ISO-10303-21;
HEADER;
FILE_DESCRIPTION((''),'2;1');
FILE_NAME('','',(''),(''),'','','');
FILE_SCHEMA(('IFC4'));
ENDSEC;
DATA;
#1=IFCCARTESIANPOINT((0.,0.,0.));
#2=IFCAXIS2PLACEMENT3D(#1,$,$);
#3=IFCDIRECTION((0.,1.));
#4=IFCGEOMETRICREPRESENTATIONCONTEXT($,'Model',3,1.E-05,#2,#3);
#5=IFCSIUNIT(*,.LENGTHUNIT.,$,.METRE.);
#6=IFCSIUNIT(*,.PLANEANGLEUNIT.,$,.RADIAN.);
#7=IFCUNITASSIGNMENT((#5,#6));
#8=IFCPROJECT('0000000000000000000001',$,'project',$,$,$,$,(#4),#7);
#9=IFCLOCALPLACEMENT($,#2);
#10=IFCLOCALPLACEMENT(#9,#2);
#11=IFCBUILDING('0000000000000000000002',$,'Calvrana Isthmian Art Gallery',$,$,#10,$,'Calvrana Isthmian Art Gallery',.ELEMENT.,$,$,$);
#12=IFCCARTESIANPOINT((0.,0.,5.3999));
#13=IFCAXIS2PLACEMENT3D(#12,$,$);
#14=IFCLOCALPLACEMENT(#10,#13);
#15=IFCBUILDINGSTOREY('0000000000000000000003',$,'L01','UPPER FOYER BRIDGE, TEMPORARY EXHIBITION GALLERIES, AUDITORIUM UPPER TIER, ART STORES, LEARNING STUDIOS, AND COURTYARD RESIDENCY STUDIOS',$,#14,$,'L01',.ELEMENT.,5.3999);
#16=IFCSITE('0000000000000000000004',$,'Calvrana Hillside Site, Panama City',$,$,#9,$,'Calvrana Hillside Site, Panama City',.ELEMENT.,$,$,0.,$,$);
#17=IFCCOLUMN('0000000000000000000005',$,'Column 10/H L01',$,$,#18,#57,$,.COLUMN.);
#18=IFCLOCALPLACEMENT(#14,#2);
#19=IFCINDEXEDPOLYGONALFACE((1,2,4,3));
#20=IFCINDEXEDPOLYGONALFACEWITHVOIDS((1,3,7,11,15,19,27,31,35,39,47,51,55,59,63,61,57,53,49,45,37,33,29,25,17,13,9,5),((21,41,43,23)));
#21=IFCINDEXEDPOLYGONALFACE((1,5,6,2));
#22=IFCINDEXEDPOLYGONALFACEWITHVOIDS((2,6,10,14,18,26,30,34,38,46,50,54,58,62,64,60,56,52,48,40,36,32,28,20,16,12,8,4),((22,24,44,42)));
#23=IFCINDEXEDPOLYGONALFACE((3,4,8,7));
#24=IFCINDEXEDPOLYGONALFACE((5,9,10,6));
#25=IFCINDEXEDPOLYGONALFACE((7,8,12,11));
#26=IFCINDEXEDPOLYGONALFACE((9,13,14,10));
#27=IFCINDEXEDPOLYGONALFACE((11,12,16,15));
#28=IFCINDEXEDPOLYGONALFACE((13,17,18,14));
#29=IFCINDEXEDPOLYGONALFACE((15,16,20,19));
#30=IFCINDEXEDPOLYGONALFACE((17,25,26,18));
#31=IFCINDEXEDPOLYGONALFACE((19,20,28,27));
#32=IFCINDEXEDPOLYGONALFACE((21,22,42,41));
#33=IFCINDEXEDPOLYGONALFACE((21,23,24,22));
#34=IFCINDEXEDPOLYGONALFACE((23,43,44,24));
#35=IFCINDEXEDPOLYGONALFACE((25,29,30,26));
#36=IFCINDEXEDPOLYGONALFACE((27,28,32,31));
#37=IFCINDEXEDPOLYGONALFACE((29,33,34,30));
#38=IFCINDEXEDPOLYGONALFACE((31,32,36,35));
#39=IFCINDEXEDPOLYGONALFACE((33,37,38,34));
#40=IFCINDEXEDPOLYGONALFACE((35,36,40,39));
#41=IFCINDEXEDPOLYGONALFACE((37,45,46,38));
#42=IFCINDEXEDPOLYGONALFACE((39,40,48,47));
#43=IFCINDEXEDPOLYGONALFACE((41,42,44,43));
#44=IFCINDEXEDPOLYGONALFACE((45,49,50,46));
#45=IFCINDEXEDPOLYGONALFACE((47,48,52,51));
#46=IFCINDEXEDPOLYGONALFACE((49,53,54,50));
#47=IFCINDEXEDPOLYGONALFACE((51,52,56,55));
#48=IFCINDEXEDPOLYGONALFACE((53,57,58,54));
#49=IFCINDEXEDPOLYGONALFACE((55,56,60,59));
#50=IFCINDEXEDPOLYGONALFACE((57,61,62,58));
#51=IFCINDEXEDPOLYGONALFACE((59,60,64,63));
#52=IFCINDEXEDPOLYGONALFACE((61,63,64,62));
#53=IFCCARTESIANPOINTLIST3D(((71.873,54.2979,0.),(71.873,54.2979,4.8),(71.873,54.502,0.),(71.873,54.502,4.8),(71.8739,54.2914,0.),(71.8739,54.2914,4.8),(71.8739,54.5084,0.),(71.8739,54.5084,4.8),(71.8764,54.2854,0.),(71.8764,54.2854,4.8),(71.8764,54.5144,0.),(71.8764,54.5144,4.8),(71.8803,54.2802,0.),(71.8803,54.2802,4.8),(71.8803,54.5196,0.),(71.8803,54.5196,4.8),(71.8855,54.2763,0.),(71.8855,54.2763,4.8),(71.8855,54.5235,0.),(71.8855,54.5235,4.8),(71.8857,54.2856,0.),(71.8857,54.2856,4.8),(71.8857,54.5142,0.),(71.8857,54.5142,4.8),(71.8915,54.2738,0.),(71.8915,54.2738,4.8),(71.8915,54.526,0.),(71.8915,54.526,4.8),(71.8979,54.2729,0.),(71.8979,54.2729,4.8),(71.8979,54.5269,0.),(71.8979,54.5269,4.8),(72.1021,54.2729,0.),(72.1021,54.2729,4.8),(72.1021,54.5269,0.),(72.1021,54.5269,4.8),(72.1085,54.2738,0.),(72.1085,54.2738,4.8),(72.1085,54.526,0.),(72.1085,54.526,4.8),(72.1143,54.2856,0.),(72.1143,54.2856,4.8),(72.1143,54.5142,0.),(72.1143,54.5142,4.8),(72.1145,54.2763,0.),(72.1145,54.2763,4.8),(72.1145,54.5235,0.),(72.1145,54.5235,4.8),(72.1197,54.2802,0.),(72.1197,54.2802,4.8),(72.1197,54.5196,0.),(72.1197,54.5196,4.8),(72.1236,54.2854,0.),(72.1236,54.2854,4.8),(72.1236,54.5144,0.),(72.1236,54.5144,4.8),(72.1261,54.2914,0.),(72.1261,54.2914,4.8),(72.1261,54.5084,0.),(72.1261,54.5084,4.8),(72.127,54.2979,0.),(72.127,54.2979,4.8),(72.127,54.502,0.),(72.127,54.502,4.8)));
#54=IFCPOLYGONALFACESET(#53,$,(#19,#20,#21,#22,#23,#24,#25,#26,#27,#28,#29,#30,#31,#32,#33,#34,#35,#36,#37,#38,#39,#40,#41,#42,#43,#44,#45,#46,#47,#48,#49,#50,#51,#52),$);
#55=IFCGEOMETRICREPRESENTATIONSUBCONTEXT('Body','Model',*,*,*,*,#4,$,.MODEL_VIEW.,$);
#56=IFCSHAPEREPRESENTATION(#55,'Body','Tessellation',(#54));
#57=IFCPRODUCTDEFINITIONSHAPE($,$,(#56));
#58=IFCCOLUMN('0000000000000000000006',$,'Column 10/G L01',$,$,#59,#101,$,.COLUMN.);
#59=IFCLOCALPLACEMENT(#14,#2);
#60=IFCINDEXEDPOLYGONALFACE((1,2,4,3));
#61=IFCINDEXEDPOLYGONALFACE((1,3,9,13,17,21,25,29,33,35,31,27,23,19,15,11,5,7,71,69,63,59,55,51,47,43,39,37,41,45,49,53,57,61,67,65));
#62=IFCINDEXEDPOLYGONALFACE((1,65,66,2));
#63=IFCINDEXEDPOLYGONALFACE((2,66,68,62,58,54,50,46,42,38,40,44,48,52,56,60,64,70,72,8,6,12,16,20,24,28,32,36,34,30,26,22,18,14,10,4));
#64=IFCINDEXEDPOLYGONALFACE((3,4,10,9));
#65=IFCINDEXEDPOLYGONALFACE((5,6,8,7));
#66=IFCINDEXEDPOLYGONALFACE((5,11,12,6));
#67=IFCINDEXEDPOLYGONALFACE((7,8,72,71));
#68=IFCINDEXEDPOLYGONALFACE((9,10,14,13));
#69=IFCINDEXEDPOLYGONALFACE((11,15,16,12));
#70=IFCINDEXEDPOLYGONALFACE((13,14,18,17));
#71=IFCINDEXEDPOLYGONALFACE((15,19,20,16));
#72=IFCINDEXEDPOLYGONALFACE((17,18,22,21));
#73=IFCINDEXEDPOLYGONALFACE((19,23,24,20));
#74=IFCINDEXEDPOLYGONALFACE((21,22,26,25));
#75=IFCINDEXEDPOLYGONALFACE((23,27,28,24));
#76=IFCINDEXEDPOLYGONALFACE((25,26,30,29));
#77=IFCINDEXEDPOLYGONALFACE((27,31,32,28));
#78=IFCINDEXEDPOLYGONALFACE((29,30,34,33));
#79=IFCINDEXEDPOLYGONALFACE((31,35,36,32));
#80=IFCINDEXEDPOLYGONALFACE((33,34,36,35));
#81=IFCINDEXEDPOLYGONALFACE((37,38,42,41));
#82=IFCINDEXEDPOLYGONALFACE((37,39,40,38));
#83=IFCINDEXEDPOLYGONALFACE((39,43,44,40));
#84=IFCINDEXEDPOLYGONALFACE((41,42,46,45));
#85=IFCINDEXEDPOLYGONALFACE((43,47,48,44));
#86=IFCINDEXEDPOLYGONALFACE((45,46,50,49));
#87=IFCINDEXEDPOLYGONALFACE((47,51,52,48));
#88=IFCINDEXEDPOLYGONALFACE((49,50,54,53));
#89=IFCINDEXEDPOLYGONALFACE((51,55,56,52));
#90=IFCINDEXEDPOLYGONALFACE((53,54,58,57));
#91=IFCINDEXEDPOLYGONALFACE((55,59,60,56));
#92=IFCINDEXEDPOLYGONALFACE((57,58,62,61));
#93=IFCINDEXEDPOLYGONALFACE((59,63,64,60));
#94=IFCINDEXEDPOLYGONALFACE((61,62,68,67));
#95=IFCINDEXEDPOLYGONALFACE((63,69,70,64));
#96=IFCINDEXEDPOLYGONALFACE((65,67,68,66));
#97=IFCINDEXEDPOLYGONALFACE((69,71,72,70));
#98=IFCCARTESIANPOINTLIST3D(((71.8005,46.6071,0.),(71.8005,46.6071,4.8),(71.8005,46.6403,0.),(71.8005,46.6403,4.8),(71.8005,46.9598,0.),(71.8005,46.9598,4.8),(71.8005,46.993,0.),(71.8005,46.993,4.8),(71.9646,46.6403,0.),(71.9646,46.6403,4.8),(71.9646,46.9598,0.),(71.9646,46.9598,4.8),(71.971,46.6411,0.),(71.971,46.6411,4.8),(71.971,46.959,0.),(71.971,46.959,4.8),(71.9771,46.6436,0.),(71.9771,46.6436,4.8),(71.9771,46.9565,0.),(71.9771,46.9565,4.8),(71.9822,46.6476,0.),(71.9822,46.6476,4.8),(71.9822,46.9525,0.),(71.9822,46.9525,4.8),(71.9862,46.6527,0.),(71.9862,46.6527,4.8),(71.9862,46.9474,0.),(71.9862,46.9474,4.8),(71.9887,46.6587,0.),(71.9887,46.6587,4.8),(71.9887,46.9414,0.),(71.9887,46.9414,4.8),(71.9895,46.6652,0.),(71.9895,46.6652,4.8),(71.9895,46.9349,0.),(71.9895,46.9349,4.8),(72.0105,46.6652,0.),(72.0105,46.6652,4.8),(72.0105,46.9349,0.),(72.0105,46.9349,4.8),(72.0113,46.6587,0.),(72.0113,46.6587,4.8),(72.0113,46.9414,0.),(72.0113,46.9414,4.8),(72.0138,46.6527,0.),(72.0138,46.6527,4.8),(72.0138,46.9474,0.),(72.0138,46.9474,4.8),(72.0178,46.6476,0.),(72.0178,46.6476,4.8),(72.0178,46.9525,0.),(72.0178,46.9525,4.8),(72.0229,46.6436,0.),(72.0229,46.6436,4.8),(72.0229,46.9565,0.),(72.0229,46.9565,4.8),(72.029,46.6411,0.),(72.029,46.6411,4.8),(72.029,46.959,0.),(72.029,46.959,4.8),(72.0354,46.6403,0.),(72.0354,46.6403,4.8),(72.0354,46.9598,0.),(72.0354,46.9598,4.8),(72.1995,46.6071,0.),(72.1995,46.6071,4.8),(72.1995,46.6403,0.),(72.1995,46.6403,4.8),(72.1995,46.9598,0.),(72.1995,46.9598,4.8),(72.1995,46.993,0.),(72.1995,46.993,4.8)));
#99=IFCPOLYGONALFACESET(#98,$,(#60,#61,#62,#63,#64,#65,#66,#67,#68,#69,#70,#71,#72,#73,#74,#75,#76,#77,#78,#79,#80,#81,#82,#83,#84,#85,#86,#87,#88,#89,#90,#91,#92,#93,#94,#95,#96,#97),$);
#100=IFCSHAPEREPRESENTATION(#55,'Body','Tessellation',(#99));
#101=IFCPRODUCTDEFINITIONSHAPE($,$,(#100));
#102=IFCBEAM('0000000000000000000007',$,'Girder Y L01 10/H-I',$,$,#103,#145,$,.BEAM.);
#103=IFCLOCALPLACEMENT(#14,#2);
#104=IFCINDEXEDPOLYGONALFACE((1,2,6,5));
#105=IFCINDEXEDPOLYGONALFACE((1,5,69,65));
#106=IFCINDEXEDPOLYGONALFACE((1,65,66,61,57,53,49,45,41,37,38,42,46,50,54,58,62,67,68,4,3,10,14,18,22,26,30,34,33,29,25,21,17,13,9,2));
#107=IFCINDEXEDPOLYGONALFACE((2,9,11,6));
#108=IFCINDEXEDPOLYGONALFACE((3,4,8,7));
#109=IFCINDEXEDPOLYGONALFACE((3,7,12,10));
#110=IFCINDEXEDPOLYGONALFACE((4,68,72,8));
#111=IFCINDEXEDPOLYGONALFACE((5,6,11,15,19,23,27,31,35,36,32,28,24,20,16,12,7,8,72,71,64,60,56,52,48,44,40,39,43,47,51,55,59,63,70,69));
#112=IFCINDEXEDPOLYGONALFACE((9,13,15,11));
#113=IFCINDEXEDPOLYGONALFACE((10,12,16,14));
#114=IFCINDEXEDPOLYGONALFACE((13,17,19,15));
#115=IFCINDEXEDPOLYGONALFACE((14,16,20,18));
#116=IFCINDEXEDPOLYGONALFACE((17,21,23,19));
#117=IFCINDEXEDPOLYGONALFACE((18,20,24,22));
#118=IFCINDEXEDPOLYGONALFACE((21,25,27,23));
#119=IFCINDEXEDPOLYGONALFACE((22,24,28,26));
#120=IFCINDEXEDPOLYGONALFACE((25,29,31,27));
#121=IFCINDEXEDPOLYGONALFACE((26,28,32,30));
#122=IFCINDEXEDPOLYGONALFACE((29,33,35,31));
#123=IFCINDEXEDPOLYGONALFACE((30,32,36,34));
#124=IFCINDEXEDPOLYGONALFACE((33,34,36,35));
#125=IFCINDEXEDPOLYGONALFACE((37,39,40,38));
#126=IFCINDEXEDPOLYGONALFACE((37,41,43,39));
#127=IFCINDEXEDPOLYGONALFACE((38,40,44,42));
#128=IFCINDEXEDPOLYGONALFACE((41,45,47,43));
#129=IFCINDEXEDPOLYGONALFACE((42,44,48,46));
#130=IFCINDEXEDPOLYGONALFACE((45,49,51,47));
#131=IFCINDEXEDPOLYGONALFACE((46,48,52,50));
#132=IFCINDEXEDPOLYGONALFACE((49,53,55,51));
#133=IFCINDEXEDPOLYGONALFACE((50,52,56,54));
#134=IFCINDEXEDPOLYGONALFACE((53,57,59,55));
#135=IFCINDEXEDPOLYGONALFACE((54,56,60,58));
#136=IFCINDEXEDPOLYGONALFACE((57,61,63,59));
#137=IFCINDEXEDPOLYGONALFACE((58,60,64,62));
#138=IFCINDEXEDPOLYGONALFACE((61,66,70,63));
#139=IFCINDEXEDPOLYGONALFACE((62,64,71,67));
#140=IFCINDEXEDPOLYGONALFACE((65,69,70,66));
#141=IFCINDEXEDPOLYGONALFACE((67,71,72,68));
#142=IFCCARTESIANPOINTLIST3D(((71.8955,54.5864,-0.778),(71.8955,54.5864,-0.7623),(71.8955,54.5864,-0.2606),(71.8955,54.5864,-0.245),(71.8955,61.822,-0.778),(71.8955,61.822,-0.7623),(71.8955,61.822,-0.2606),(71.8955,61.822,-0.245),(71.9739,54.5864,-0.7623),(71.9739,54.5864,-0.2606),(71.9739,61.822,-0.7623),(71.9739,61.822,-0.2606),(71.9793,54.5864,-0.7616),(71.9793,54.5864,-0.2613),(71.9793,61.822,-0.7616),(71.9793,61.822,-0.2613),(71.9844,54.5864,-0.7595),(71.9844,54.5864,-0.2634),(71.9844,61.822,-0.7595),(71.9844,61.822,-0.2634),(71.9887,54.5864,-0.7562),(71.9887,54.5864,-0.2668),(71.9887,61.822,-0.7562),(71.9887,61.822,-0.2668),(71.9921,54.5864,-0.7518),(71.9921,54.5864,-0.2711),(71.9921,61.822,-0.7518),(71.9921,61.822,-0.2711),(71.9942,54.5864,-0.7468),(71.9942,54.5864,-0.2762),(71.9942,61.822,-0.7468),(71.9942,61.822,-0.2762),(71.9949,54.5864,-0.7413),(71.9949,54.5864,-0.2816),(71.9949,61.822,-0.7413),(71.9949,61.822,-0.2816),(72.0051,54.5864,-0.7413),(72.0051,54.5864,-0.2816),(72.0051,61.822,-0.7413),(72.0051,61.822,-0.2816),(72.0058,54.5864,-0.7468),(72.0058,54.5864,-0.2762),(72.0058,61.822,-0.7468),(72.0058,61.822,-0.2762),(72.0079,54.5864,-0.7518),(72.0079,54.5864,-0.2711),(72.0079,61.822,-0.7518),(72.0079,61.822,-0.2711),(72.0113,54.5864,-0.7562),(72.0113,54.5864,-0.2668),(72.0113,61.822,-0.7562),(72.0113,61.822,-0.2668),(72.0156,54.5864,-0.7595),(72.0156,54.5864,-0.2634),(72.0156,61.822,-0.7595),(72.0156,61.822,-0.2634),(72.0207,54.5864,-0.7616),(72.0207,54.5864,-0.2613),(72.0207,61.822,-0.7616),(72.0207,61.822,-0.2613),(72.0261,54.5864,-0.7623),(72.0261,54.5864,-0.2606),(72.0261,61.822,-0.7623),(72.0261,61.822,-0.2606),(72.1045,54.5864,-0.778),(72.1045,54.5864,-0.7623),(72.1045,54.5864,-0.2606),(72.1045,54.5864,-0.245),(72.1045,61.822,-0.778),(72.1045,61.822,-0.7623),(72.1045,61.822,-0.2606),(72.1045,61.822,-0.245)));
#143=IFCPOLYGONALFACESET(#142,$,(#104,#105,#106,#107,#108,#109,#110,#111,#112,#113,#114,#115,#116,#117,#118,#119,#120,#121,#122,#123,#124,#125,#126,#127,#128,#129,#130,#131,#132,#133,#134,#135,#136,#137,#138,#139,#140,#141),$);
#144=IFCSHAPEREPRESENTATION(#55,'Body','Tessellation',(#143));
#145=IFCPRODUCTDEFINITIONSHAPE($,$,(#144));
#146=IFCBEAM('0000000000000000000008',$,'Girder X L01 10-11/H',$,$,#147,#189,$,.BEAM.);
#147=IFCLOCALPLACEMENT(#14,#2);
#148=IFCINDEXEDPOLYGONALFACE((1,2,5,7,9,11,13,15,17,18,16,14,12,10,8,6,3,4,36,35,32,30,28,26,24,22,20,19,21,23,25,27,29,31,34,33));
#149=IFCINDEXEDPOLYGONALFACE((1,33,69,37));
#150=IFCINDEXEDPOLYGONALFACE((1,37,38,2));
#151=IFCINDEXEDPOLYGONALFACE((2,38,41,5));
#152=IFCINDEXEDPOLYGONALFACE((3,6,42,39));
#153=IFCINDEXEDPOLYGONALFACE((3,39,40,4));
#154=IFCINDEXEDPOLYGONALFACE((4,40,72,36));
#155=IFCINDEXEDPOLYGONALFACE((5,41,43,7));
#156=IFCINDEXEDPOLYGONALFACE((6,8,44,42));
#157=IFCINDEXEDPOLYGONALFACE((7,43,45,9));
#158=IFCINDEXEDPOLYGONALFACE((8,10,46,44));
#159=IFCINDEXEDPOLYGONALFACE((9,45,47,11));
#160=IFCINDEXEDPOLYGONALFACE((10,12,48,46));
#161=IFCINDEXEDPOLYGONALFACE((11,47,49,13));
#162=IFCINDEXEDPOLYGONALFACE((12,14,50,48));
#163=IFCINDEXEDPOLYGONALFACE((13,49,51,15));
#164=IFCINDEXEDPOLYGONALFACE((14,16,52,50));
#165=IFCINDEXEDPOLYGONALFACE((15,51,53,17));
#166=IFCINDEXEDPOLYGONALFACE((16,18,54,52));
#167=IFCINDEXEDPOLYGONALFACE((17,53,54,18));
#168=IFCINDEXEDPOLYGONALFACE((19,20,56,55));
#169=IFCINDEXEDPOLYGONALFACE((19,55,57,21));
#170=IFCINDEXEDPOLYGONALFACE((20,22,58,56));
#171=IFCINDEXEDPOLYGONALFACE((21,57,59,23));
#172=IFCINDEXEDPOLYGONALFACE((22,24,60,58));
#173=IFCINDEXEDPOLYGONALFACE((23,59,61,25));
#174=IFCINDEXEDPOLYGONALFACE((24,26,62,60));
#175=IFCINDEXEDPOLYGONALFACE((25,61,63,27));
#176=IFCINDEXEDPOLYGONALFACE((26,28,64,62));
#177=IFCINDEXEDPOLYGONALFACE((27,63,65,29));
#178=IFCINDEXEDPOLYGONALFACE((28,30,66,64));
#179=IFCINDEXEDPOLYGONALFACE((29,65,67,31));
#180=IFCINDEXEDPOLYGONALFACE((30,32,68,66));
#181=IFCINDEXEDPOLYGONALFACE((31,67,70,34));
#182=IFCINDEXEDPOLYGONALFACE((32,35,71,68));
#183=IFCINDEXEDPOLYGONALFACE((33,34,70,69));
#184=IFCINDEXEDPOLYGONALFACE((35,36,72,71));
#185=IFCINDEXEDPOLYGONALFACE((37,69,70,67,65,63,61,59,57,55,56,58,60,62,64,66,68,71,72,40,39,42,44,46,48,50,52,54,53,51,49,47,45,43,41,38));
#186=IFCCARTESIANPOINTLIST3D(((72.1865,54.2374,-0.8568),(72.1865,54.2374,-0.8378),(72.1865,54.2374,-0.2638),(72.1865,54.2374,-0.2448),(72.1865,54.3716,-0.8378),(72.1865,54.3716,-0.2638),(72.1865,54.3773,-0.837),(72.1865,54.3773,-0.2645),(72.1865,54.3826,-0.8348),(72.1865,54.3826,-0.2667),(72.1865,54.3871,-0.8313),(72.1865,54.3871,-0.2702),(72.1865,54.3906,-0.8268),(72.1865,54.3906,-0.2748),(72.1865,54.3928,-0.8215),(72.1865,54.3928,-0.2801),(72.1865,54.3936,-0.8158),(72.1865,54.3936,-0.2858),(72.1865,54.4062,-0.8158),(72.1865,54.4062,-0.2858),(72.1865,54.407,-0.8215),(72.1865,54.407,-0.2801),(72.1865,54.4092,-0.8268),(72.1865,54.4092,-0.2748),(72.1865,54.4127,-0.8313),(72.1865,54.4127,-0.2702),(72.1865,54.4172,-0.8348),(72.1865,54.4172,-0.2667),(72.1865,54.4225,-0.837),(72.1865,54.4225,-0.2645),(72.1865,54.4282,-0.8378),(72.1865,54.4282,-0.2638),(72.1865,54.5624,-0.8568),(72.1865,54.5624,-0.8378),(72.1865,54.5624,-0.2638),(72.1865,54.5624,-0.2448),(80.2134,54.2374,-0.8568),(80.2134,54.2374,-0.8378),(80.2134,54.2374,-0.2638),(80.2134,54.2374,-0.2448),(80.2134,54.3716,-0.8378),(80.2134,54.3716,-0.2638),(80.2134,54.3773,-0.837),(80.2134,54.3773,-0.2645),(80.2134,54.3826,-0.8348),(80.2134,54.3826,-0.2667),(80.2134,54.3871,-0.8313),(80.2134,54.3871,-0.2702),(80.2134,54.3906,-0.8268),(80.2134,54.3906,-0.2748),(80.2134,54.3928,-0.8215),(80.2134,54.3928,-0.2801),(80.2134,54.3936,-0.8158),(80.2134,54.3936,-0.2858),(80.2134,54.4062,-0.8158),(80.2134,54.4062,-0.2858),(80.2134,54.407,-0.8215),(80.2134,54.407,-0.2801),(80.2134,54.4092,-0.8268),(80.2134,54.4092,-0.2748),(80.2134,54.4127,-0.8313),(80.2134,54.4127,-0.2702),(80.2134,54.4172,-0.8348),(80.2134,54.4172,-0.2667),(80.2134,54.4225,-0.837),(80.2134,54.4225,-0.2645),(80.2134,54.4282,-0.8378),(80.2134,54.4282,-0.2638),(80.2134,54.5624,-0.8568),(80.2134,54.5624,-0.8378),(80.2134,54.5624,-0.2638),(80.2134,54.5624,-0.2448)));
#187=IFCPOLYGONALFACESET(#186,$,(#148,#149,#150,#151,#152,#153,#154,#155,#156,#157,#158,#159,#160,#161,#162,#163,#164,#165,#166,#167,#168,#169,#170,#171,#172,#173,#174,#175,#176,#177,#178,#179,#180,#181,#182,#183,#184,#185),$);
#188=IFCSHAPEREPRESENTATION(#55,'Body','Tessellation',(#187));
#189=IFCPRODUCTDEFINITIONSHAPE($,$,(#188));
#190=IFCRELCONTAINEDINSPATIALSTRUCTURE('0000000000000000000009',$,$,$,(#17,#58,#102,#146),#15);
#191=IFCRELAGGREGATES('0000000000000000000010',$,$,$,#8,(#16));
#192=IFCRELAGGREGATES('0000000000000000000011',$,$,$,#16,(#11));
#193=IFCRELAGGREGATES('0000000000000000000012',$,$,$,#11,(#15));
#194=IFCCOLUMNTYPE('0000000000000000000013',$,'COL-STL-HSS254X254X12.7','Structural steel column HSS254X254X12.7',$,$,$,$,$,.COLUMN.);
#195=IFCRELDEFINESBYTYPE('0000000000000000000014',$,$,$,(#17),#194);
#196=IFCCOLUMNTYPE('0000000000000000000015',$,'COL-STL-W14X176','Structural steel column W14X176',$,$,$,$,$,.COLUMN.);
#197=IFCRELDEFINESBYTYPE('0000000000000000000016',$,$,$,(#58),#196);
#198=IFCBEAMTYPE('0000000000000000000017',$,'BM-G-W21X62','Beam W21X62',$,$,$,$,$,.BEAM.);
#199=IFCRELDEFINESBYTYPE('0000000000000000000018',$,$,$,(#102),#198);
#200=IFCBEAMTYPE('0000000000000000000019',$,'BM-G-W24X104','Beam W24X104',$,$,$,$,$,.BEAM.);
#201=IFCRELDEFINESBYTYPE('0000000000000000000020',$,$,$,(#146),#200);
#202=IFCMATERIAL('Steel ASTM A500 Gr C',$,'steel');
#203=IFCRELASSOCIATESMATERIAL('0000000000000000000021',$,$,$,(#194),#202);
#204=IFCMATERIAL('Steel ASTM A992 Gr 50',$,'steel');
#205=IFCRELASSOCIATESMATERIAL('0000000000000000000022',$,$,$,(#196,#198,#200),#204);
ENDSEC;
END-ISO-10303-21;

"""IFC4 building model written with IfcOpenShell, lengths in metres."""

from ifc_helpers import new_model, si_unit, direction, frame, origin, origin_2d, place, context, subcontext, project, spatial, hollow_rectangle, i_section, extrude, material, material_profile, profile_set, type_object, element, save


model = new_model("IFC4")

# Units and contexts
model_context = context("Model", 3, precision=1e-05, world=origin(), true_north=direction((0.0, 1.0)))
body_context = subcontext(model_context, "Body", "Model", "MODEL_VIEW")
ifc_project = project(units=[si_unit("LENGTHUNIT", "METRE"), si_unit("PLANEANGLEUNIT", "RADIAN")], contexts=[model_context])

# Site, building, storey
site_placement = place(None, origin())
site = spatial("IfcSite", under=ifc_project, at=site_placement, Name="Calvrana Hillside Site, Panama City", LongName="Calvrana Hillside Site, Panama City", CompositionType="ELEMENT", RefElevation=0.0)
building_placement = place(site_placement, origin())
building = spatial("IfcBuilding", under=site, at=building_placement, Name="Calvrana Isthmian Art Gallery", LongName="Calvrana Isthmian Art Gallery", CompositionType="ELEMENT")
storey_placement = place(building_placement, frame((0.0, 0.0, 5.3999)))
storey = spatial("IfcBuildingStorey", under=building, at=storey_placement, Name="L01", Description="UPPER FOYER BRIDGE, TEMPORARY EXHIBITION GALLERIES, AUDITORIUM UPPER TIER, ART STORES, LEARNING STUDIOS, AND COURTYARD RESIDENCY STUDIOS", LongName="L01", CompositionType="ELEMENT", Elevation=5.3999)

# Columns
ifc_material_1 = material(Name="Steel ASTM A500 Gr C", Category="steel")
ifc_material_profile_1 = material_profile(ifc_material_1, hollow_rectangle(XDim=0.2539, YDim=0.2539, WallThickness=0.0127, OuterFilletRadius=0.0249, at=origin_2d()), Name="HSS254X254X12.7")
ifc_profile_set_1 = profile_set([ifc_material_profile_1], Name="Steel ASTM A500 Gr C")
column_type_1 = type_object("IfcColumnType", Name="COL-STL-HSS254X254X12.7", Description="Structural steel column HSS254X254X12.7", PredefinedType="COLUMN", material=ifc_profile_set_1)
column_1_placement = place(storey_placement, frame((72.0, 54.3999, 0.0), z_axis=(0.0, 0.0, 1.0), x_axis=(1.0, 0.0, 0.0)))
element("IfcColumn", 1, at=column_1_placement, inside=storey, type_object=column_type_1, Name="Column 10/H L01", PredefinedType="COLUMN", context=body_context, shape_type="SweptSolid", body=[
    extrude(hollow_rectangle(XDim=0.2539, YDim=0.2539, WallThickness=0.0127, OuterFilletRadius=0.0249, at=origin_2d()), origin(), (0.0, 0.0, 1.0), 4.8),
])
ifc_material_2 = material(Name="Steel ASTM A992 Gr 50", Category="steel")
ifc_material_profile_2 = material_profile(ifc_material_2, i_section(OverallWidth=0.3989, OverallDepth=0.386, WebThickness=0.021, FlangeThickness=0.0332, FilletRadius=0.0249, at=origin_2d()), Name="W14X176")
ifc_profile_set_2 = profile_set([ifc_material_profile_2], Name="Steel ASTM A992 Gr 50")
column_type_2 = type_object("IfcColumnType", Name="COL-STL-W14X176", Description="Structural steel column W14X176", PredefinedType="COLUMN", material=ifc_profile_set_2)
column_2_placement = place(storey_placement, frame((72.0, 46.8, 0.0), z_axis=(0.0, 0.0, 1.0), x_axis=(1.0, 0.0, 0.0)))
element("IfcColumn", 2, at=column_2_placement, inside=storey, type_object=column_type_2, Name="Column 10/G L01", PredefinedType="COLUMN", context=body_context, shape_type="SweptSolid", body=[
    extrude(i_section(OverallWidth=0.3989, OverallDepth=0.386, WebThickness=0.021, FlangeThickness=0.0332, FilletRadius=0.0249, at=origin_2d()), origin(), (0.0, 0.0, 1.0), 4.8),
])

# Beams
ifc_material_profile_3 = material_profile(ifc_material_2, i_section(OverallWidth=0.209, OverallDepth=0.533, WebThickness=0.0103, FlangeThickness=0.0156, FilletRadius=0.021, at=origin_2d()), Name="W21X62")
ifc_profile_set_3 = profile_set([ifc_material_profile_3], Name="Steel ASTM A992 Gr 50")
beam_type_1 = type_object("IfcBeamType", Name="BM-G-W21X62", Description="Beam W21X62", PredefinedType="BEAM", material=ifc_profile_set_3)
beam_1_placement = place(storey_placement, frame((72.0, 54.5864, -0.5115), z_axis=(0.0, 1.0, 0.0), x_axis=(-1.0, 0.0, 0.0)))
element("IfcBeam", 3, at=beam_1_placement, inside=storey, type_object=beam_type_1, Name="Girder Y L01 10/H-I", PredefinedType="BEAM", context=body_context, shape_type="SweptSolid", body=[
    extrude(i_section(OverallWidth=0.209, OverallDepth=0.533, WebThickness=0.0103, FlangeThickness=0.0156, FilletRadius=0.021, at=origin_2d()), origin(), (0.0, 0.0, 1.0), 7.2356),
])
ifc_material_profile_4 = material_profile(ifc_material_2, i_section(OverallWidth=0.325, OverallDepth=0.6121, WebThickness=0.0127, FlangeThickness=0.019, FilletRadius=0.022, at=origin_2d()), Name="W24X104")
ifc_profile_set_4 = profile_set([ifc_material_profile_4], Name="Steel ASTM A992 Gr 50")
beam_type_2 = type_object("IfcBeamType", Name="BM-G-W24X104", Description="Beam W24X104", PredefinedType="BEAM", material=ifc_profile_set_4)
beam_2_placement = place(storey_placement, frame((72.1865, 54.3999, -0.5508), z_axis=(1.0, 0.0, 0.0), x_axis=(0.0, 1.0, 0.0)))
element("IfcBeam", 4, at=beam_2_placement, inside=storey, type_object=beam_type_2, Name="Girder X L01 10-11/H", PredefinedType="BEAM", context=body_context, shape_type="SweptSolid", body=[
    extrude(i_section(OverallWidth=0.325, OverallDepth=0.6121, WebThickness=0.0127, FlangeThickness=0.019, FilletRadius=0.022, at=origin_2d()), origin(), (0.0, 0.0, 1.0), 8.0269),
])

save(model, "model.ifc")
